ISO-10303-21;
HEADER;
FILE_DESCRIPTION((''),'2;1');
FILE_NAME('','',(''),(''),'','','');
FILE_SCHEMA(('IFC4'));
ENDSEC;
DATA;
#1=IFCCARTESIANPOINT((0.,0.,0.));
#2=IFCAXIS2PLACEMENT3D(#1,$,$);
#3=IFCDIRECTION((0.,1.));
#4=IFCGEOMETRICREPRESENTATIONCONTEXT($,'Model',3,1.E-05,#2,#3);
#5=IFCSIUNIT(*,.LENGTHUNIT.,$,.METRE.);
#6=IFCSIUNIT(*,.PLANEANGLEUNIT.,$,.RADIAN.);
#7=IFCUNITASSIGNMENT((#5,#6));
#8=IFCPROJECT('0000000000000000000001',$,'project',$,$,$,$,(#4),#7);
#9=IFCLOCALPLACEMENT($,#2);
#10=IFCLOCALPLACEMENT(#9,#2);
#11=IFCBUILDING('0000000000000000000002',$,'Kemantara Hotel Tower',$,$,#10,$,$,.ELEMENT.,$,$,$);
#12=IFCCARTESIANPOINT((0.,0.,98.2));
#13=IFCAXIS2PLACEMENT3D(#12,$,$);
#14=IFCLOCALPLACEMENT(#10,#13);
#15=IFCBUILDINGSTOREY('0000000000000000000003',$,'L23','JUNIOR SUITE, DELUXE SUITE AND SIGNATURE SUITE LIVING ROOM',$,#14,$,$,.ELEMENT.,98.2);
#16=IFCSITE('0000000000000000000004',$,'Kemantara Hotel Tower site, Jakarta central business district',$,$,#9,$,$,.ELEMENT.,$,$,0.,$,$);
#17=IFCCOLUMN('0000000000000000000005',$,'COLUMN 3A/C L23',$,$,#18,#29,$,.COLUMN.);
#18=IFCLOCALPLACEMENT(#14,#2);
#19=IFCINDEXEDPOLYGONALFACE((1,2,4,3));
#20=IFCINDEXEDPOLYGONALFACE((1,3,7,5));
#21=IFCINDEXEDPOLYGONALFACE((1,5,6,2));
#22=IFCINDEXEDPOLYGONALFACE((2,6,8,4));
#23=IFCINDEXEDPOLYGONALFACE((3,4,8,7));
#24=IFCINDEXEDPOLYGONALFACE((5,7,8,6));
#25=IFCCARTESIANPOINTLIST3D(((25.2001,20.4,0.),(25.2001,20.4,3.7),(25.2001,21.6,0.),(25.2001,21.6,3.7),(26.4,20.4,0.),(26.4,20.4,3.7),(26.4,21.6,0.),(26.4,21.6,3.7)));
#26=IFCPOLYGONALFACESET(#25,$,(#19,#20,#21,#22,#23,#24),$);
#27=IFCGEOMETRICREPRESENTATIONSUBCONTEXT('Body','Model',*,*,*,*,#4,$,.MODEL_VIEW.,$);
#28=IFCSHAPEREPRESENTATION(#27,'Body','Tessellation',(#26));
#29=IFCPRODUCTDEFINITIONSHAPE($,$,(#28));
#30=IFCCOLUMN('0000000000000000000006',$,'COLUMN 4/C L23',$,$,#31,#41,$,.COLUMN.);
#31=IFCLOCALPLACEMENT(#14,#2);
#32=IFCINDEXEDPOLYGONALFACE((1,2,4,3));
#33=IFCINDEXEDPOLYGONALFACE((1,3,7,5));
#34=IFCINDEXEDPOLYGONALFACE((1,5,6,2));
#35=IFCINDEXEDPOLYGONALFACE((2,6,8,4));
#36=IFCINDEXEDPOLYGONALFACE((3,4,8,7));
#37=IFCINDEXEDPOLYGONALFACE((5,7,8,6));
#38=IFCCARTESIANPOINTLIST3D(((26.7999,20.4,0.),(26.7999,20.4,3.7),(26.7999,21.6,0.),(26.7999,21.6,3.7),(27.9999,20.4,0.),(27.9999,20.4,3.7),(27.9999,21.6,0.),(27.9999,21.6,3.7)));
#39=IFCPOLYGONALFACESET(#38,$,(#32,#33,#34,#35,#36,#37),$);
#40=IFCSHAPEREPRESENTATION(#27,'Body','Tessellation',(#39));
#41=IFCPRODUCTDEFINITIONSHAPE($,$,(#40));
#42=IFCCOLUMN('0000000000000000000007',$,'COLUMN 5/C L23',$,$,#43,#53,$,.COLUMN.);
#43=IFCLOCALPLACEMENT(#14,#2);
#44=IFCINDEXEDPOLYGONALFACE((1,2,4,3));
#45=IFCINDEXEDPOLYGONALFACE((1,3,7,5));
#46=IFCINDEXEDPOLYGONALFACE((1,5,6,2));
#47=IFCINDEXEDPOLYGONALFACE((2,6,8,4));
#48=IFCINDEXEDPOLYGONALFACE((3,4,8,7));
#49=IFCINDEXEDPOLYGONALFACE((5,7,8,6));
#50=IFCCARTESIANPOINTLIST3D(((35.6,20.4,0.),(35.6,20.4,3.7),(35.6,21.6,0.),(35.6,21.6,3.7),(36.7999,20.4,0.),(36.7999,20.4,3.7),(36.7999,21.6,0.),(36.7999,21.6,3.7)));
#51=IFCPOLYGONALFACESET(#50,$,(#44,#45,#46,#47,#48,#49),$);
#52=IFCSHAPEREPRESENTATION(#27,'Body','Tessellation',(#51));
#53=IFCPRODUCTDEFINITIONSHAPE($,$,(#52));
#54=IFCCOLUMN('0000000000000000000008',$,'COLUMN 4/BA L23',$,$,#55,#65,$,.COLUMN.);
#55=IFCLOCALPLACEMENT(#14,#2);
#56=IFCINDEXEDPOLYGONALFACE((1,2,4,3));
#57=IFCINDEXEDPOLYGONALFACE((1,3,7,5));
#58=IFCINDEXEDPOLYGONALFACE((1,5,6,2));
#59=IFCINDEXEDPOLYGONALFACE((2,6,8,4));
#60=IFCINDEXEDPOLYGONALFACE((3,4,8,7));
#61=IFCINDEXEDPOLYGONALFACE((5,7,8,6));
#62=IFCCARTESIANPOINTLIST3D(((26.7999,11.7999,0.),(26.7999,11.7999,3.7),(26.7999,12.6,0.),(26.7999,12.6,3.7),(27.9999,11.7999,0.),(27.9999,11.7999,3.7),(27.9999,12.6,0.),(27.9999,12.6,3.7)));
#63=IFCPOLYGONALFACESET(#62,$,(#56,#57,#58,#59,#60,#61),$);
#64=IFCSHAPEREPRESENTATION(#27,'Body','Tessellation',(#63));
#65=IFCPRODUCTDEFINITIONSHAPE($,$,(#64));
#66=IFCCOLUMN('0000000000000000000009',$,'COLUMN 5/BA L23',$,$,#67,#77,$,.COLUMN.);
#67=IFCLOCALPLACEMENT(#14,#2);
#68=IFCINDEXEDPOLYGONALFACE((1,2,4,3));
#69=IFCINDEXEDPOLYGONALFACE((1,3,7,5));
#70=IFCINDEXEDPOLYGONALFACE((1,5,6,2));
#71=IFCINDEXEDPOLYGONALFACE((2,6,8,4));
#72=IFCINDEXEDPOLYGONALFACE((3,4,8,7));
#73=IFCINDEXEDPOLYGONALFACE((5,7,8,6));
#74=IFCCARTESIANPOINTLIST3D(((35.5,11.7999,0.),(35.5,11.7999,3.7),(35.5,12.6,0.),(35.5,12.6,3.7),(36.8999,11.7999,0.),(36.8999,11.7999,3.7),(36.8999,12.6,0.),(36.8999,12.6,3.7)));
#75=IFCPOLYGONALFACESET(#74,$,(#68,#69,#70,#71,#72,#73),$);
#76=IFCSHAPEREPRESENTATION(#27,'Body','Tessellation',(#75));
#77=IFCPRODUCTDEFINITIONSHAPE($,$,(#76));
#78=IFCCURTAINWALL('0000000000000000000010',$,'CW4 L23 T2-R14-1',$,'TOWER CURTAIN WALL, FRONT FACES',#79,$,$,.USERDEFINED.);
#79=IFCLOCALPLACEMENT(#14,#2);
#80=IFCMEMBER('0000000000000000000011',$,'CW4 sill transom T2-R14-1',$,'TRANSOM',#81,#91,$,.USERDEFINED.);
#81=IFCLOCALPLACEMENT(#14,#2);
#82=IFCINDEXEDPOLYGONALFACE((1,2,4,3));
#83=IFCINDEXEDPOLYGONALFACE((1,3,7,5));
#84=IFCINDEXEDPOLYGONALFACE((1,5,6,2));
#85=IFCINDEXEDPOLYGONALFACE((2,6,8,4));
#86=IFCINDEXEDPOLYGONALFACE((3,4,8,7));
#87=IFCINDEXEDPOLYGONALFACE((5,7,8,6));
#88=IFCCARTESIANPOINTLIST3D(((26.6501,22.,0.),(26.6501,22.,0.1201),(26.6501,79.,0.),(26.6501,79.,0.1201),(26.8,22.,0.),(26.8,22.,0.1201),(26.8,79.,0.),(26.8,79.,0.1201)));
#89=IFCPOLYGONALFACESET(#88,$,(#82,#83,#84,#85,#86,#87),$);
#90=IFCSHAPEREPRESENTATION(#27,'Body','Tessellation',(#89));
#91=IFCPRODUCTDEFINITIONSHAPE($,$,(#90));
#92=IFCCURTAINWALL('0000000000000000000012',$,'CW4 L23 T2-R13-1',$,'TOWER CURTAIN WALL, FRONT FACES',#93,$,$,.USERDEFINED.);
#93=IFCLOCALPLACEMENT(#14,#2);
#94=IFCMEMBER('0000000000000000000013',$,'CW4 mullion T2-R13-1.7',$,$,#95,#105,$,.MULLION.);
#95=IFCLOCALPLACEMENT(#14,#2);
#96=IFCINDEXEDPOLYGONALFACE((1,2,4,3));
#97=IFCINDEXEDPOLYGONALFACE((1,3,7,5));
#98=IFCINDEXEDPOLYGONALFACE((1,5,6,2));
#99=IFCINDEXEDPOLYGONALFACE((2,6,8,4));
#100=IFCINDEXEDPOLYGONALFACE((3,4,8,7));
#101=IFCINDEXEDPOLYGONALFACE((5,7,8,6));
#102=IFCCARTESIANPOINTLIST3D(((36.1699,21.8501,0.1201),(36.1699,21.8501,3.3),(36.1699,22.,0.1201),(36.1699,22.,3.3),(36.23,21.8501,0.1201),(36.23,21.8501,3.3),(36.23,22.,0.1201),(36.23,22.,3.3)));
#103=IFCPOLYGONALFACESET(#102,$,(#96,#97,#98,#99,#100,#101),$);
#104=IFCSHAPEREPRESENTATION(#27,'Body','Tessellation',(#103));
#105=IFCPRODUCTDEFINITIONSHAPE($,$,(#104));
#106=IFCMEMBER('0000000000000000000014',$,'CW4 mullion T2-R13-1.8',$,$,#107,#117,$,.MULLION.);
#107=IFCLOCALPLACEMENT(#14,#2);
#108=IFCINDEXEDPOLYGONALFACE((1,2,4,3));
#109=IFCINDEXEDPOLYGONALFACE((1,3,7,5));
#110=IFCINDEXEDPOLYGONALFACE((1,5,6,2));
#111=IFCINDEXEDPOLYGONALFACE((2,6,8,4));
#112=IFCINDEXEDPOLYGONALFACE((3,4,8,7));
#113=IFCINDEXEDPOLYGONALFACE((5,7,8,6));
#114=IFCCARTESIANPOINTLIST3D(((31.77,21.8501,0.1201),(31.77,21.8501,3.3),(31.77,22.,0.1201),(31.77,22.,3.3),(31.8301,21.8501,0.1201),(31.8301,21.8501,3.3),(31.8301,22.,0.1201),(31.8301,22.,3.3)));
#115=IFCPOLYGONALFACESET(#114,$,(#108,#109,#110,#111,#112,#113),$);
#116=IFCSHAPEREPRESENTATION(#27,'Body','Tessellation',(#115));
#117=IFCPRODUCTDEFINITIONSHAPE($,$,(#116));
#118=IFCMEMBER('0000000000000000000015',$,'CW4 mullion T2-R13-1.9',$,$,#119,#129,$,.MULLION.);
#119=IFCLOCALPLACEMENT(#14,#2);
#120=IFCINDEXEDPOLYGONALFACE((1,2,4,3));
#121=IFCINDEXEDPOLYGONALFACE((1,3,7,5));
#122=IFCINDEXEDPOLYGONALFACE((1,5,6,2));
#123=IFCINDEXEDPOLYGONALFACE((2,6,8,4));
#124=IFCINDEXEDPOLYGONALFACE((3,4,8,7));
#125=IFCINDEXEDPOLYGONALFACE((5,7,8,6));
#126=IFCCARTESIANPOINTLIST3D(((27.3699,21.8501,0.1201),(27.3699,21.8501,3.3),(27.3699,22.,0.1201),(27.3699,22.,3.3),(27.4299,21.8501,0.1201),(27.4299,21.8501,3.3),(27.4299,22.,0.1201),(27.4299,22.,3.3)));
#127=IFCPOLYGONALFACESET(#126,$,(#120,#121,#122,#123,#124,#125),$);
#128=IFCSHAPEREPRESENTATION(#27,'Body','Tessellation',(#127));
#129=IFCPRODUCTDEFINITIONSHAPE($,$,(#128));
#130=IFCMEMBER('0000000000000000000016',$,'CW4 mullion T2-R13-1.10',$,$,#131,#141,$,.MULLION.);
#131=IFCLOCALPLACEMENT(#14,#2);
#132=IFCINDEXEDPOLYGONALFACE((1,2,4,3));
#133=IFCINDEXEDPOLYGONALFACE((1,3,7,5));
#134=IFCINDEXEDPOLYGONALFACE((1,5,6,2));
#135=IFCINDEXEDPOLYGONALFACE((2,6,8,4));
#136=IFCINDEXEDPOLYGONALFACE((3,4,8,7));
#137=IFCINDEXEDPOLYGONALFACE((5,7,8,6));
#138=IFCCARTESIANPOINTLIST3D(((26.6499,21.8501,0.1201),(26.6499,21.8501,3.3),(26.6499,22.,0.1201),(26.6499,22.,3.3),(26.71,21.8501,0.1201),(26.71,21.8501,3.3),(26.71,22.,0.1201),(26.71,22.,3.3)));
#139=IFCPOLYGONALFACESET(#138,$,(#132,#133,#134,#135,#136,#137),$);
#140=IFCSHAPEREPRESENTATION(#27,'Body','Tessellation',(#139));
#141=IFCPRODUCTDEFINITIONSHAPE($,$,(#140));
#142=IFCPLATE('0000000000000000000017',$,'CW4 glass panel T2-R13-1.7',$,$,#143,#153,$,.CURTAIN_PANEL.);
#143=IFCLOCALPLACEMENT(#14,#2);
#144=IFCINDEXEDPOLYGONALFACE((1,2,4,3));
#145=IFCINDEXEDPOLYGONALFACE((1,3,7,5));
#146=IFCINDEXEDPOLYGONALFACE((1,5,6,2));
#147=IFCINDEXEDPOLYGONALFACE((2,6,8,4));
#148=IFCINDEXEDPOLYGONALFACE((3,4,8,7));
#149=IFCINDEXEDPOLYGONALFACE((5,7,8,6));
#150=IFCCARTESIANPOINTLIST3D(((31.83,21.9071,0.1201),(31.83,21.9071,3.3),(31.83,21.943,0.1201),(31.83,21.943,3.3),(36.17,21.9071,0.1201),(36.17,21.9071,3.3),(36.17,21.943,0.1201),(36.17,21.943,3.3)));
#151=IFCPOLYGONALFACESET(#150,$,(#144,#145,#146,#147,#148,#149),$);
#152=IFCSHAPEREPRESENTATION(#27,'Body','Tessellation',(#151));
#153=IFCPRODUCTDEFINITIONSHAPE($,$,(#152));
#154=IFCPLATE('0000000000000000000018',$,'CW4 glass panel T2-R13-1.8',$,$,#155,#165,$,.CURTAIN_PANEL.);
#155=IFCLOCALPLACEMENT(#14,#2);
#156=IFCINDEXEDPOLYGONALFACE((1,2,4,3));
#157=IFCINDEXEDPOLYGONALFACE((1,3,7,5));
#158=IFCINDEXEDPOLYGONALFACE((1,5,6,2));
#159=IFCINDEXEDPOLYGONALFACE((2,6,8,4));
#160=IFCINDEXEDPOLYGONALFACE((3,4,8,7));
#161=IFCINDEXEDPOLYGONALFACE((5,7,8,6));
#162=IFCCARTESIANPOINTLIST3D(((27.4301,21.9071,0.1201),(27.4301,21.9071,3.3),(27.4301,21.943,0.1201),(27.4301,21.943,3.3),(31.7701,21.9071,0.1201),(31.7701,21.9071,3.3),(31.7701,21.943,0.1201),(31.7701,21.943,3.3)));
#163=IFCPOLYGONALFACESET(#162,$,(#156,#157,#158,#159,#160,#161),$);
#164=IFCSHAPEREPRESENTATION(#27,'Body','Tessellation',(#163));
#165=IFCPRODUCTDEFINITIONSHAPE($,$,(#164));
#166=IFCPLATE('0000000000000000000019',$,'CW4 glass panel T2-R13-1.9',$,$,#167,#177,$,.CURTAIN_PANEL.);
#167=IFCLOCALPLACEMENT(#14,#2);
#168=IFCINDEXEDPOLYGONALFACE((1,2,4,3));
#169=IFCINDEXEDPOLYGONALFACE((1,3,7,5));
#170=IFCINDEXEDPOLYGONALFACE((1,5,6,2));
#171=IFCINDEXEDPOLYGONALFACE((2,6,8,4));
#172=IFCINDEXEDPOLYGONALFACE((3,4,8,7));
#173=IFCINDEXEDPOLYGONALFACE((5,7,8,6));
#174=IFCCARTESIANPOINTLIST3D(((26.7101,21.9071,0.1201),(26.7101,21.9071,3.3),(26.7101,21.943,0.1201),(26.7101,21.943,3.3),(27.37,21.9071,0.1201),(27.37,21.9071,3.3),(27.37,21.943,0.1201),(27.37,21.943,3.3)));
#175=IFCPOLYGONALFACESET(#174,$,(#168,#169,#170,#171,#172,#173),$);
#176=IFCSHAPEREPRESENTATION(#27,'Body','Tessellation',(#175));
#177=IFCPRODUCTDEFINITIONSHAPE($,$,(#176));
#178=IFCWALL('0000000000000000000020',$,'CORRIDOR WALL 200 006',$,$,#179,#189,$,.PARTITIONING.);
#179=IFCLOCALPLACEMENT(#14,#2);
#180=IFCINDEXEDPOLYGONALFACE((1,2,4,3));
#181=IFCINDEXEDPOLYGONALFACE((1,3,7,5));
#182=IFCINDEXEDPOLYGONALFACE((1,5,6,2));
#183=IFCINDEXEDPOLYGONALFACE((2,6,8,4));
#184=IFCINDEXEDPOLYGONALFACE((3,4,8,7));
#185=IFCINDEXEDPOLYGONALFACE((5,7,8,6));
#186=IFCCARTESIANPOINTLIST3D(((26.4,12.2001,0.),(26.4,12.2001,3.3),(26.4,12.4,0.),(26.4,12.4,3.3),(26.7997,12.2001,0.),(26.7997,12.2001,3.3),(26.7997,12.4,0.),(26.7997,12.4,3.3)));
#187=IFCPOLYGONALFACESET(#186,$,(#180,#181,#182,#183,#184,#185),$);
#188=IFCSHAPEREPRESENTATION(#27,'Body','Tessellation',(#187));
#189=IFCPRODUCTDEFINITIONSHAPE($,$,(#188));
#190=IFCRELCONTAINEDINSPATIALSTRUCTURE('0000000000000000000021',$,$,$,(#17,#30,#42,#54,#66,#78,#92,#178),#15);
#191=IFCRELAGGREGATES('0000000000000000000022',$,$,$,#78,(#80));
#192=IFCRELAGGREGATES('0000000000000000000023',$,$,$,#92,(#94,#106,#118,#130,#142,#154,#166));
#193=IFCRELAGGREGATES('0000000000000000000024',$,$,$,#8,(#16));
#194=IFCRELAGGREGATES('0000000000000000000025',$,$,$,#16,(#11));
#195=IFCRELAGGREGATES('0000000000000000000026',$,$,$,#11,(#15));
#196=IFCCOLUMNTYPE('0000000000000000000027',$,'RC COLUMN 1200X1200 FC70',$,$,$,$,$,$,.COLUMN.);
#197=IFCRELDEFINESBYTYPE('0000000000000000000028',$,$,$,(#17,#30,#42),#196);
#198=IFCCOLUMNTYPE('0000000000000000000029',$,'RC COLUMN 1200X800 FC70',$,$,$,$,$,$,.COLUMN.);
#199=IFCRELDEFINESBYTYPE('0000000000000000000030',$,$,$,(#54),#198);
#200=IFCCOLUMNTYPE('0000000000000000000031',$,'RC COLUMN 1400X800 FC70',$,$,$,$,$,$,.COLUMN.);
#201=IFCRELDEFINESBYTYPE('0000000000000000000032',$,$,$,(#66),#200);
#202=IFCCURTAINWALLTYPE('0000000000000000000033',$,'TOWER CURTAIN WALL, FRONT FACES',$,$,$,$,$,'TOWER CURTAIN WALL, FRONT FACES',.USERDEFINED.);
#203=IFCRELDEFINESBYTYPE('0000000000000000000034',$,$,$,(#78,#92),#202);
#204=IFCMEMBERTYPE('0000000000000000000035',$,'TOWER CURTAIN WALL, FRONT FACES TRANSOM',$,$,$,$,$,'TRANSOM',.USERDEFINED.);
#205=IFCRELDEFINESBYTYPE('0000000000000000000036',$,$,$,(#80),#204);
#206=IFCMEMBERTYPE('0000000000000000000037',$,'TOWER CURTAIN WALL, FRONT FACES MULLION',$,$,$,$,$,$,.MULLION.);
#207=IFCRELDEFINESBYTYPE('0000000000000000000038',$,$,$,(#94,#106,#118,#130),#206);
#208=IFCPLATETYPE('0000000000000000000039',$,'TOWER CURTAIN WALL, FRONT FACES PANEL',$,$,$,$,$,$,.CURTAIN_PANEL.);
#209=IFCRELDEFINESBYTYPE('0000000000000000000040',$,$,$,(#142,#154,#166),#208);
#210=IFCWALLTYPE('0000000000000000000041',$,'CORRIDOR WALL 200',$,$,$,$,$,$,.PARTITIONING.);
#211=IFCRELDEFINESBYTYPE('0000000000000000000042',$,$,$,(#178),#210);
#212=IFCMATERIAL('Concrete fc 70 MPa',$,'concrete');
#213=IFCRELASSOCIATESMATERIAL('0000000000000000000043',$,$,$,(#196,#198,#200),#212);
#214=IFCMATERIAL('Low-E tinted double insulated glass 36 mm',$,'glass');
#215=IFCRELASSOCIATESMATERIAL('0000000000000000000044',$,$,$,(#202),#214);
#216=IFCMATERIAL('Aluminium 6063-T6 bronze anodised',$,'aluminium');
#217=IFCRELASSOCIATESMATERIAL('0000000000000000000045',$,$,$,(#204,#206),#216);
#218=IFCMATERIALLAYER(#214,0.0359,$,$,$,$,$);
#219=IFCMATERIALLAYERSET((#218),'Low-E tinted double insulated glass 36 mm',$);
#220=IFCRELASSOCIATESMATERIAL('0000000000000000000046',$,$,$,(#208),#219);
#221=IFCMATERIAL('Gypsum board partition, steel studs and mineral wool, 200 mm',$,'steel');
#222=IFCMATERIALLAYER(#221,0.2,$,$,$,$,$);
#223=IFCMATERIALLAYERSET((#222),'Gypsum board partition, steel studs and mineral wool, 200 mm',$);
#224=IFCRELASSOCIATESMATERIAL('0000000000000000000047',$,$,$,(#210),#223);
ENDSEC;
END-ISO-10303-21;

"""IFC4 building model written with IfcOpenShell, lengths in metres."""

from ifc_helpers import new_model, si_unit, direction, frame, frame_2d, origin, origin_2d, place, context, subcontext, project, spatial, rectangle, extrude, source, transform, mapped, material, layer, layer_set, material_profile, profile_set, type_object, element, aggregate, save


model = new_model("IFC4")

# Units and contexts
model_context = context("Model", 3, precision=1e-05, world=origin(), true_north=direction((0.0, 1.0)))
body_context = subcontext(model_context, "Body", "Model", "MODEL_VIEW")
ifc_project = project(units=[si_unit("LENGTHUNIT", "METRE"), si_unit("PLANEANGLEUNIT", "RADIAN")], contexts=[model_context])

# Site, building, storey
site_placement = place(None, origin())
site = spatial("IfcSite", under=ifc_project, at=site_placement, Name="Kemantara Hotel Tower site, Jakarta central business district", CompositionType="ELEMENT", RefElevation=0.0)
building_placement = place(site_placement, origin())
building = spatial("IfcBuilding", under=site, at=building_placement, Name="Kemantara Hotel Tower", CompositionType="ELEMENT")
storey_placement = place(building_placement, frame((0.0, 0.0, 98.2)))
storey = spatial("IfcBuildingStorey", under=building, at=storey_placement, Name="L23", Description="JUNIOR SUITE, DELUXE SUITE AND SIGNATURE SUITE LIVING ROOM", CompositionType="ELEMENT", Elevation=98.2)

# Columns
ifc_material_1 = material(Name="Concrete fc 70 MPa", Category="concrete")
ifc_material_profile_1 = material_profile(ifc_material_1, rectangle(XDim=1.2, YDim=1.2, at=origin_2d()), Name="RC 1200X1200")
ifc_profile_set_1 = profile_set([ifc_material_profile_1], Name="Concrete fc 70 MPa")
column_type_1 = type_object("IfcColumnType", Name="RC COLUMN 1200X1200 FC70", PredefinedType="COLUMN", material=ifc_profile_set_1)
for number, where, z_axis, x_axis, name in (
    (1, (25.8, 21.0, 0.0), (0.0, 0.0, 1.0), (1.0, 0.0, 0.0), "COLUMN 3A/C L23"),
    (2, (27.3999, 21.0, 0.0), (0.0, 0.0, 1.0), (1.0, 0.0, 0.0), "COLUMN 4/C L23"),
    (3, (36.2, 21.0, 0.0), (0.0, 0.0, 1.0), (1.0, 0.0, 0.0), "COLUMN 5/C L23"),
):
    element("IfcColumn", number, at=place(storey_placement, frame(where, z_axis=z_axis, x_axis=x_axis)), inside=storey, type_object=column_type_1, Name=name, PredefinedType="COLUMN", context=body_context, shape_type="SweptSolid", body=[
        extrude(rectangle(XDim=1.2, YDim=1.2, at=origin_2d()), origin(), (0.0, 0.0, 1.0), 3.7),
    ])
ifc_material_profile_2 = material_profile(ifc_material_1, rectangle(XDim=1.2, YDim=0.8, at=origin_2d()), Name="RC 1200X800")
ifc_profile_set_2 = profile_set([ifc_material_profile_2], Name="Concrete fc 70 MPa")
column_type_2 = type_object("IfcColumnType", Name="RC COLUMN 1200X800 FC70", PredefinedType="COLUMN", material=ifc_profile_set_2)
column_1_placement = place(storey_placement, frame((27.3999, 12.2, 0.0), z_axis=(0.0, 0.0, 1.0), x_axis=(1.0, 0.0, 0.0)))
element("IfcColumn", 4, at=column_1_placement, inside=storey, type_object=column_type_2, Name="COLUMN 4/BA L23", PredefinedType="COLUMN", context=body_context, shape_type="SweptSolid", body=[
    extrude(rectangle(XDim=1.2, YDim=0.8, at=origin_2d()), origin(), (0.0, 0.0, 1.0), 3.7),
])
ifc_material_profile_3 = material_profile(ifc_material_1, rectangle(XDim=1.3999, YDim=0.8, at=origin_2d()), Name="RC 1400X800")
ifc_profile_set_3 = profile_set([ifc_material_profile_3], Name="Concrete fc 70 MPa")
column_type_3 = type_object("IfcColumnType", Name="RC COLUMN 1400X800 FC70", PredefinedType="COLUMN", material=ifc_profile_set_3)
column_2_placement = place(storey_placement, frame((36.2, 12.2, 0.0), z_axis=(0.0, 0.0, 1.0), x_axis=(1.0, 0.0, 0.0)))
element("IfcColumn", 5, at=column_2_placement, inside=storey, type_object=column_type_3, Name="COLUMN 5/BA L23", PredefinedType="COLUMN", context=body_context, shape_type="SweptSolid", body=[
    extrude(rectangle(XDim=1.3999, YDim=0.8, at=origin_2d()), origin(), (0.0, 0.0, 1.0), 3.7),
])

# Curtain wall, member
ifc_material_2 = material(Name="Low-E tinted double insulated glass 36 mm", Category="glass")
curtain_wall_type = type_object("IfcCurtainWallType", Name="TOWER CURTAIN WALL, FRONT FACES", ElementType="TOWER CURTAIN WALL, FRONT FACES", PredefinedType="USERDEFINED", material=ifc_material_2)
curtain_wall_1_placement = place(storey_placement, origin())
curtain_wall_1 = element("IfcCurtainWall", 6, at=curtain_wall_1_placement, inside=storey, type_object=curtain_wall_type, Name="CW4 L23 T2-R14-1", ObjectType="TOWER CURTAIN WALL, FRONT FACES", PredefinedType="USERDEFINED")
ifc_material_3 = material(Name="Aluminium 6063-T6 bronze anodised", Category="aluminium")
ifc_material_profile_4 = material_profile(ifc_material_3, rectangle(XDim=0.1499, YDim=0.1201, at=origin_2d()), Name="TOWER CURTAIN WALL, FRONT FACES TRANSOM")
ifc_profile_set_4 = profile_set([ifc_material_profile_4], Name="Aluminium 6063-T6 bronze anodised")
member_type_1 = type_object("IfcMemberType", Name="TOWER CURTAIN WALL, FRONT FACES TRANSOM", ElementType="TRANSOM", PredefinedType="USERDEFINED", material=ifc_profile_set_4)
member_1_placement = place(storey_placement, frame((26.7251, 22.0, 0.0601), z_axis=(0.0, 1.0, 0.0), x_axis=(-1.0, 0.0, 0.0)))
member_1 = element("IfcMember", 7, at=member_1_placement, type_object=member_type_1, Name="CW4 sill transom T2-R14-1", ObjectType="TRANSOM", PredefinedType="USERDEFINED", context=body_context, shape_type="SweptSolid", body=[
    extrude(rectangle(XDim=0.1499, YDim=0.1201, at=origin_2d()), origin(), (0.0, 0.0, 1.0), 57.0),
])
aggregate(curtain_wall_1, [member_1])

# Curtain wall, members, plates
curtain_wall_2_placement = place(storey_placement, origin())
curtain_wall_2 = element("IfcCurtainWall", 8, at=curtain_wall_2_placement, inside=storey, type_object=curtain_wall_type, Name="CW4 L23 T2-R13-1", ObjectType="TOWER CURTAIN WALL, FRONT FACES", PredefinedType="USERDEFINED")
ifc_material_profile_5 = material_profile(ifc_material_3, rectangle(XDim=0.1499, YDim=0.0601, at=origin_2d()), Name="TOWER CURTAIN WALL, FRONT FACES MULLION")
ifc_profile_set_5 = profile_set([ifc_material_profile_5], Name="Aluminium 6063-T6 bronze anodised")
member_type_2 = type_object("IfcMemberType", Name="TOWER CURTAIN WALL, FRONT FACES MULLION", PredefinedType="MULLION", material=ifc_profile_set_5)
shared_shape_1 = source(origin(), body_context, "Body", "SweptSolid", [
    extrude(rectangle(XDim=0.1499, YDim=0.0601, at=origin_2d()), origin(), (0.0, 0.0, 1.0), 3.1799),
])
member_2_placement = place(storey_placement, frame((36.2, 21.925, 0.1201), z_axis=(0.0, 0.0, 1.0), x_axis=(0.0, -1.0, 0.0)))
member_2 = element("IfcMember", 9, at=member_2_placement, type_object=member_type_2, Name="CW4 mullion T2-R13-1.7", PredefinedType="MULLION", context=body_context, shape_type="MappedRepresentation", body=[
    mapped(shared_shape_1, transform((0.0, 0.0, 0.0))),
])
member_3_placement = place(storey_placement, frame((31.8, 21.925, 0.1201), z_axis=(0.0, 0.0, 1.0), x_axis=(0.0, -1.0, 0.0)))
member_3 = element("IfcMember", 10, at=member_3_placement, type_object=member_type_2, Name="CW4 mullion T2-R13-1.8", PredefinedType="MULLION", context=body_context, shape_type="MappedRepresentation", body=[
    mapped(shared_shape_1, transform((0.0, 0.0, 0.0))),
])
member_4_placement = place(storey_placement, frame((27.3999, 21.925, 0.1201), z_axis=(0.0, 0.0, 1.0), x_axis=(0.0, -1.0, 0.0)))
member_4 = element("IfcMember", 11, at=member_4_placement, type_object=member_type_2, Name="CW4 mullion T2-R13-1.9", PredefinedType="MULLION", context=body_context, shape_type="MappedRepresentation", body=[
    mapped(shared_shape_1, transform((0.0, 0.0, 0.0))),
])
member_5_placement = place(storey_placement, frame((26.6799, 21.925, 0.1201), z_axis=(0.0, 0.0, 1.0), x_axis=(0.0, -1.0, 0.0)))
member_5 = element("IfcMember", 12, at=member_5_placement, type_object=member_type_2, Name="CW4 mullion T2-R13-1.10", PredefinedType="MULLION", context=body_context, shape_type="MappedRepresentation", body=[
    mapped(shared_shape_1, transform((0.0, 0.0, 0.0))),
])
ifc_layer_1 = layer(ifc_material_2, 0.0359)
ifc_layer_set_1 = layer_set([ifc_layer_1], Name="Low-E tinted double insulated glass 36 mm")
plate_type = type_object("IfcPlateType", Name="TOWER CURTAIN WALL, FRONT FACES PANEL", PredefinedType="CURTAIN_PANEL", material=ifc_layer_set_1)
shared_shape_2 = source(origin(), body_context, "Body", "SweptSolid", [
    extrude(rectangle(XDim=4.3401, YDim=0.0359, at=origin_2d()), origin(), (0.0, 0.0, 1.0), 3.1799),
])
plate_1_placement = place(storey_placement, frame((34.0, 21.925, 0.1201), z_axis=(0.0, 0.0, 1.0), x_axis=(-1.0, 0.0, 0.0)))
plate_1 = element("IfcPlate", 13, at=plate_1_placement, type_object=plate_type, Name="CW4 glass panel T2-R13-1.7", PredefinedType="CURTAIN_PANEL", context=body_context, shape_type="MappedRepresentation", body=[
    mapped(shared_shape_2, transform((0.0, 0.0, 0.0))),
])
plate_2_placement = place(storey_placement, frame((29.6001, 21.925, 0.1201), z_axis=(0.0, 0.0, 1.0), x_axis=(-1.0, 0.0, 0.0)))
plate_2 = element("IfcPlate", 14, at=plate_2_placement, type_object=plate_type, Name="CW4 glass panel T2-R13-1.8", PredefinedType="CURTAIN_PANEL", context=body_context, shape_type="MappedRepresentation", body=[
    mapped(shared_shape_2, transform((0.0, 0.0, 0.0))),
])
shared_shape_3 = source(origin(), body_context, "Body", "SweptSolid", [
    extrude(rectangle(XDim=0.6599, YDim=0.0359, at=origin_2d()), origin(), (0.0, 0.0, 1.0), 3.1799),
])
plate_3_placement = place(storey_placement, frame((27.04, 21.925, 0.1201), z_axis=(0.0, 0.0, 1.0), x_axis=(-1.0, 0.0, 0.0)))
plate_3 = element("IfcPlate", 15, at=plate_3_placement, type_object=plate_type, Name="CW4 glass panel T2-R13-1.9", PredefinedType="CURTAIN_PANEL", context=body_context, shape_type="MappedRepresentation", body=[
    mapped(shared_shape_3, transform((0.0, 0.0, 0.0))),
])
aggregate(curtain_wall_2, [member_2, member_3, member_4, member_5, plate_1, plate_2, plate_3])

# Wall
ifc_material_4 = material(Name="Gypsum board partition, steel studs and mineral wool, 200 mm", Category="steel")
ifc_layer_2 = layer(ifc_material_4, 0.2)
ifc_layer_set_2 = layer_set([ifc_layer_2], Name="Gypsum board partition, steel studs and mineral wool, 200 mm")
wall_type_1 = type_object("IfcWallType", Name="CORRIDOR WALL 200", PredefinedType="PARTITIONING", material=ifc_layer_set_2)
wall_1_placement = place(storey_placement, frame((26.4001, 12.3, 0.0), z_axis=(0.0, 0.0, 1.0), x_axis=(1.0, 0.0, 0.0)))
element("IfcWall", 16, at=wall_1_placement, inside=storey, type_object=wall_type_1, Name="CORRIDOR WALL 200 006", PredefinedType="PARTITIONING", context=body_context, shape_type="SweptSolid", body=[
    extrude(rectangle(XDim=0.3997, YDim=0.2, at=frame_2d((0.1997, 0.0))), origin(), (0.0, 0.0, 1.0), 3.3),
])

save(model, "model.ifc")
